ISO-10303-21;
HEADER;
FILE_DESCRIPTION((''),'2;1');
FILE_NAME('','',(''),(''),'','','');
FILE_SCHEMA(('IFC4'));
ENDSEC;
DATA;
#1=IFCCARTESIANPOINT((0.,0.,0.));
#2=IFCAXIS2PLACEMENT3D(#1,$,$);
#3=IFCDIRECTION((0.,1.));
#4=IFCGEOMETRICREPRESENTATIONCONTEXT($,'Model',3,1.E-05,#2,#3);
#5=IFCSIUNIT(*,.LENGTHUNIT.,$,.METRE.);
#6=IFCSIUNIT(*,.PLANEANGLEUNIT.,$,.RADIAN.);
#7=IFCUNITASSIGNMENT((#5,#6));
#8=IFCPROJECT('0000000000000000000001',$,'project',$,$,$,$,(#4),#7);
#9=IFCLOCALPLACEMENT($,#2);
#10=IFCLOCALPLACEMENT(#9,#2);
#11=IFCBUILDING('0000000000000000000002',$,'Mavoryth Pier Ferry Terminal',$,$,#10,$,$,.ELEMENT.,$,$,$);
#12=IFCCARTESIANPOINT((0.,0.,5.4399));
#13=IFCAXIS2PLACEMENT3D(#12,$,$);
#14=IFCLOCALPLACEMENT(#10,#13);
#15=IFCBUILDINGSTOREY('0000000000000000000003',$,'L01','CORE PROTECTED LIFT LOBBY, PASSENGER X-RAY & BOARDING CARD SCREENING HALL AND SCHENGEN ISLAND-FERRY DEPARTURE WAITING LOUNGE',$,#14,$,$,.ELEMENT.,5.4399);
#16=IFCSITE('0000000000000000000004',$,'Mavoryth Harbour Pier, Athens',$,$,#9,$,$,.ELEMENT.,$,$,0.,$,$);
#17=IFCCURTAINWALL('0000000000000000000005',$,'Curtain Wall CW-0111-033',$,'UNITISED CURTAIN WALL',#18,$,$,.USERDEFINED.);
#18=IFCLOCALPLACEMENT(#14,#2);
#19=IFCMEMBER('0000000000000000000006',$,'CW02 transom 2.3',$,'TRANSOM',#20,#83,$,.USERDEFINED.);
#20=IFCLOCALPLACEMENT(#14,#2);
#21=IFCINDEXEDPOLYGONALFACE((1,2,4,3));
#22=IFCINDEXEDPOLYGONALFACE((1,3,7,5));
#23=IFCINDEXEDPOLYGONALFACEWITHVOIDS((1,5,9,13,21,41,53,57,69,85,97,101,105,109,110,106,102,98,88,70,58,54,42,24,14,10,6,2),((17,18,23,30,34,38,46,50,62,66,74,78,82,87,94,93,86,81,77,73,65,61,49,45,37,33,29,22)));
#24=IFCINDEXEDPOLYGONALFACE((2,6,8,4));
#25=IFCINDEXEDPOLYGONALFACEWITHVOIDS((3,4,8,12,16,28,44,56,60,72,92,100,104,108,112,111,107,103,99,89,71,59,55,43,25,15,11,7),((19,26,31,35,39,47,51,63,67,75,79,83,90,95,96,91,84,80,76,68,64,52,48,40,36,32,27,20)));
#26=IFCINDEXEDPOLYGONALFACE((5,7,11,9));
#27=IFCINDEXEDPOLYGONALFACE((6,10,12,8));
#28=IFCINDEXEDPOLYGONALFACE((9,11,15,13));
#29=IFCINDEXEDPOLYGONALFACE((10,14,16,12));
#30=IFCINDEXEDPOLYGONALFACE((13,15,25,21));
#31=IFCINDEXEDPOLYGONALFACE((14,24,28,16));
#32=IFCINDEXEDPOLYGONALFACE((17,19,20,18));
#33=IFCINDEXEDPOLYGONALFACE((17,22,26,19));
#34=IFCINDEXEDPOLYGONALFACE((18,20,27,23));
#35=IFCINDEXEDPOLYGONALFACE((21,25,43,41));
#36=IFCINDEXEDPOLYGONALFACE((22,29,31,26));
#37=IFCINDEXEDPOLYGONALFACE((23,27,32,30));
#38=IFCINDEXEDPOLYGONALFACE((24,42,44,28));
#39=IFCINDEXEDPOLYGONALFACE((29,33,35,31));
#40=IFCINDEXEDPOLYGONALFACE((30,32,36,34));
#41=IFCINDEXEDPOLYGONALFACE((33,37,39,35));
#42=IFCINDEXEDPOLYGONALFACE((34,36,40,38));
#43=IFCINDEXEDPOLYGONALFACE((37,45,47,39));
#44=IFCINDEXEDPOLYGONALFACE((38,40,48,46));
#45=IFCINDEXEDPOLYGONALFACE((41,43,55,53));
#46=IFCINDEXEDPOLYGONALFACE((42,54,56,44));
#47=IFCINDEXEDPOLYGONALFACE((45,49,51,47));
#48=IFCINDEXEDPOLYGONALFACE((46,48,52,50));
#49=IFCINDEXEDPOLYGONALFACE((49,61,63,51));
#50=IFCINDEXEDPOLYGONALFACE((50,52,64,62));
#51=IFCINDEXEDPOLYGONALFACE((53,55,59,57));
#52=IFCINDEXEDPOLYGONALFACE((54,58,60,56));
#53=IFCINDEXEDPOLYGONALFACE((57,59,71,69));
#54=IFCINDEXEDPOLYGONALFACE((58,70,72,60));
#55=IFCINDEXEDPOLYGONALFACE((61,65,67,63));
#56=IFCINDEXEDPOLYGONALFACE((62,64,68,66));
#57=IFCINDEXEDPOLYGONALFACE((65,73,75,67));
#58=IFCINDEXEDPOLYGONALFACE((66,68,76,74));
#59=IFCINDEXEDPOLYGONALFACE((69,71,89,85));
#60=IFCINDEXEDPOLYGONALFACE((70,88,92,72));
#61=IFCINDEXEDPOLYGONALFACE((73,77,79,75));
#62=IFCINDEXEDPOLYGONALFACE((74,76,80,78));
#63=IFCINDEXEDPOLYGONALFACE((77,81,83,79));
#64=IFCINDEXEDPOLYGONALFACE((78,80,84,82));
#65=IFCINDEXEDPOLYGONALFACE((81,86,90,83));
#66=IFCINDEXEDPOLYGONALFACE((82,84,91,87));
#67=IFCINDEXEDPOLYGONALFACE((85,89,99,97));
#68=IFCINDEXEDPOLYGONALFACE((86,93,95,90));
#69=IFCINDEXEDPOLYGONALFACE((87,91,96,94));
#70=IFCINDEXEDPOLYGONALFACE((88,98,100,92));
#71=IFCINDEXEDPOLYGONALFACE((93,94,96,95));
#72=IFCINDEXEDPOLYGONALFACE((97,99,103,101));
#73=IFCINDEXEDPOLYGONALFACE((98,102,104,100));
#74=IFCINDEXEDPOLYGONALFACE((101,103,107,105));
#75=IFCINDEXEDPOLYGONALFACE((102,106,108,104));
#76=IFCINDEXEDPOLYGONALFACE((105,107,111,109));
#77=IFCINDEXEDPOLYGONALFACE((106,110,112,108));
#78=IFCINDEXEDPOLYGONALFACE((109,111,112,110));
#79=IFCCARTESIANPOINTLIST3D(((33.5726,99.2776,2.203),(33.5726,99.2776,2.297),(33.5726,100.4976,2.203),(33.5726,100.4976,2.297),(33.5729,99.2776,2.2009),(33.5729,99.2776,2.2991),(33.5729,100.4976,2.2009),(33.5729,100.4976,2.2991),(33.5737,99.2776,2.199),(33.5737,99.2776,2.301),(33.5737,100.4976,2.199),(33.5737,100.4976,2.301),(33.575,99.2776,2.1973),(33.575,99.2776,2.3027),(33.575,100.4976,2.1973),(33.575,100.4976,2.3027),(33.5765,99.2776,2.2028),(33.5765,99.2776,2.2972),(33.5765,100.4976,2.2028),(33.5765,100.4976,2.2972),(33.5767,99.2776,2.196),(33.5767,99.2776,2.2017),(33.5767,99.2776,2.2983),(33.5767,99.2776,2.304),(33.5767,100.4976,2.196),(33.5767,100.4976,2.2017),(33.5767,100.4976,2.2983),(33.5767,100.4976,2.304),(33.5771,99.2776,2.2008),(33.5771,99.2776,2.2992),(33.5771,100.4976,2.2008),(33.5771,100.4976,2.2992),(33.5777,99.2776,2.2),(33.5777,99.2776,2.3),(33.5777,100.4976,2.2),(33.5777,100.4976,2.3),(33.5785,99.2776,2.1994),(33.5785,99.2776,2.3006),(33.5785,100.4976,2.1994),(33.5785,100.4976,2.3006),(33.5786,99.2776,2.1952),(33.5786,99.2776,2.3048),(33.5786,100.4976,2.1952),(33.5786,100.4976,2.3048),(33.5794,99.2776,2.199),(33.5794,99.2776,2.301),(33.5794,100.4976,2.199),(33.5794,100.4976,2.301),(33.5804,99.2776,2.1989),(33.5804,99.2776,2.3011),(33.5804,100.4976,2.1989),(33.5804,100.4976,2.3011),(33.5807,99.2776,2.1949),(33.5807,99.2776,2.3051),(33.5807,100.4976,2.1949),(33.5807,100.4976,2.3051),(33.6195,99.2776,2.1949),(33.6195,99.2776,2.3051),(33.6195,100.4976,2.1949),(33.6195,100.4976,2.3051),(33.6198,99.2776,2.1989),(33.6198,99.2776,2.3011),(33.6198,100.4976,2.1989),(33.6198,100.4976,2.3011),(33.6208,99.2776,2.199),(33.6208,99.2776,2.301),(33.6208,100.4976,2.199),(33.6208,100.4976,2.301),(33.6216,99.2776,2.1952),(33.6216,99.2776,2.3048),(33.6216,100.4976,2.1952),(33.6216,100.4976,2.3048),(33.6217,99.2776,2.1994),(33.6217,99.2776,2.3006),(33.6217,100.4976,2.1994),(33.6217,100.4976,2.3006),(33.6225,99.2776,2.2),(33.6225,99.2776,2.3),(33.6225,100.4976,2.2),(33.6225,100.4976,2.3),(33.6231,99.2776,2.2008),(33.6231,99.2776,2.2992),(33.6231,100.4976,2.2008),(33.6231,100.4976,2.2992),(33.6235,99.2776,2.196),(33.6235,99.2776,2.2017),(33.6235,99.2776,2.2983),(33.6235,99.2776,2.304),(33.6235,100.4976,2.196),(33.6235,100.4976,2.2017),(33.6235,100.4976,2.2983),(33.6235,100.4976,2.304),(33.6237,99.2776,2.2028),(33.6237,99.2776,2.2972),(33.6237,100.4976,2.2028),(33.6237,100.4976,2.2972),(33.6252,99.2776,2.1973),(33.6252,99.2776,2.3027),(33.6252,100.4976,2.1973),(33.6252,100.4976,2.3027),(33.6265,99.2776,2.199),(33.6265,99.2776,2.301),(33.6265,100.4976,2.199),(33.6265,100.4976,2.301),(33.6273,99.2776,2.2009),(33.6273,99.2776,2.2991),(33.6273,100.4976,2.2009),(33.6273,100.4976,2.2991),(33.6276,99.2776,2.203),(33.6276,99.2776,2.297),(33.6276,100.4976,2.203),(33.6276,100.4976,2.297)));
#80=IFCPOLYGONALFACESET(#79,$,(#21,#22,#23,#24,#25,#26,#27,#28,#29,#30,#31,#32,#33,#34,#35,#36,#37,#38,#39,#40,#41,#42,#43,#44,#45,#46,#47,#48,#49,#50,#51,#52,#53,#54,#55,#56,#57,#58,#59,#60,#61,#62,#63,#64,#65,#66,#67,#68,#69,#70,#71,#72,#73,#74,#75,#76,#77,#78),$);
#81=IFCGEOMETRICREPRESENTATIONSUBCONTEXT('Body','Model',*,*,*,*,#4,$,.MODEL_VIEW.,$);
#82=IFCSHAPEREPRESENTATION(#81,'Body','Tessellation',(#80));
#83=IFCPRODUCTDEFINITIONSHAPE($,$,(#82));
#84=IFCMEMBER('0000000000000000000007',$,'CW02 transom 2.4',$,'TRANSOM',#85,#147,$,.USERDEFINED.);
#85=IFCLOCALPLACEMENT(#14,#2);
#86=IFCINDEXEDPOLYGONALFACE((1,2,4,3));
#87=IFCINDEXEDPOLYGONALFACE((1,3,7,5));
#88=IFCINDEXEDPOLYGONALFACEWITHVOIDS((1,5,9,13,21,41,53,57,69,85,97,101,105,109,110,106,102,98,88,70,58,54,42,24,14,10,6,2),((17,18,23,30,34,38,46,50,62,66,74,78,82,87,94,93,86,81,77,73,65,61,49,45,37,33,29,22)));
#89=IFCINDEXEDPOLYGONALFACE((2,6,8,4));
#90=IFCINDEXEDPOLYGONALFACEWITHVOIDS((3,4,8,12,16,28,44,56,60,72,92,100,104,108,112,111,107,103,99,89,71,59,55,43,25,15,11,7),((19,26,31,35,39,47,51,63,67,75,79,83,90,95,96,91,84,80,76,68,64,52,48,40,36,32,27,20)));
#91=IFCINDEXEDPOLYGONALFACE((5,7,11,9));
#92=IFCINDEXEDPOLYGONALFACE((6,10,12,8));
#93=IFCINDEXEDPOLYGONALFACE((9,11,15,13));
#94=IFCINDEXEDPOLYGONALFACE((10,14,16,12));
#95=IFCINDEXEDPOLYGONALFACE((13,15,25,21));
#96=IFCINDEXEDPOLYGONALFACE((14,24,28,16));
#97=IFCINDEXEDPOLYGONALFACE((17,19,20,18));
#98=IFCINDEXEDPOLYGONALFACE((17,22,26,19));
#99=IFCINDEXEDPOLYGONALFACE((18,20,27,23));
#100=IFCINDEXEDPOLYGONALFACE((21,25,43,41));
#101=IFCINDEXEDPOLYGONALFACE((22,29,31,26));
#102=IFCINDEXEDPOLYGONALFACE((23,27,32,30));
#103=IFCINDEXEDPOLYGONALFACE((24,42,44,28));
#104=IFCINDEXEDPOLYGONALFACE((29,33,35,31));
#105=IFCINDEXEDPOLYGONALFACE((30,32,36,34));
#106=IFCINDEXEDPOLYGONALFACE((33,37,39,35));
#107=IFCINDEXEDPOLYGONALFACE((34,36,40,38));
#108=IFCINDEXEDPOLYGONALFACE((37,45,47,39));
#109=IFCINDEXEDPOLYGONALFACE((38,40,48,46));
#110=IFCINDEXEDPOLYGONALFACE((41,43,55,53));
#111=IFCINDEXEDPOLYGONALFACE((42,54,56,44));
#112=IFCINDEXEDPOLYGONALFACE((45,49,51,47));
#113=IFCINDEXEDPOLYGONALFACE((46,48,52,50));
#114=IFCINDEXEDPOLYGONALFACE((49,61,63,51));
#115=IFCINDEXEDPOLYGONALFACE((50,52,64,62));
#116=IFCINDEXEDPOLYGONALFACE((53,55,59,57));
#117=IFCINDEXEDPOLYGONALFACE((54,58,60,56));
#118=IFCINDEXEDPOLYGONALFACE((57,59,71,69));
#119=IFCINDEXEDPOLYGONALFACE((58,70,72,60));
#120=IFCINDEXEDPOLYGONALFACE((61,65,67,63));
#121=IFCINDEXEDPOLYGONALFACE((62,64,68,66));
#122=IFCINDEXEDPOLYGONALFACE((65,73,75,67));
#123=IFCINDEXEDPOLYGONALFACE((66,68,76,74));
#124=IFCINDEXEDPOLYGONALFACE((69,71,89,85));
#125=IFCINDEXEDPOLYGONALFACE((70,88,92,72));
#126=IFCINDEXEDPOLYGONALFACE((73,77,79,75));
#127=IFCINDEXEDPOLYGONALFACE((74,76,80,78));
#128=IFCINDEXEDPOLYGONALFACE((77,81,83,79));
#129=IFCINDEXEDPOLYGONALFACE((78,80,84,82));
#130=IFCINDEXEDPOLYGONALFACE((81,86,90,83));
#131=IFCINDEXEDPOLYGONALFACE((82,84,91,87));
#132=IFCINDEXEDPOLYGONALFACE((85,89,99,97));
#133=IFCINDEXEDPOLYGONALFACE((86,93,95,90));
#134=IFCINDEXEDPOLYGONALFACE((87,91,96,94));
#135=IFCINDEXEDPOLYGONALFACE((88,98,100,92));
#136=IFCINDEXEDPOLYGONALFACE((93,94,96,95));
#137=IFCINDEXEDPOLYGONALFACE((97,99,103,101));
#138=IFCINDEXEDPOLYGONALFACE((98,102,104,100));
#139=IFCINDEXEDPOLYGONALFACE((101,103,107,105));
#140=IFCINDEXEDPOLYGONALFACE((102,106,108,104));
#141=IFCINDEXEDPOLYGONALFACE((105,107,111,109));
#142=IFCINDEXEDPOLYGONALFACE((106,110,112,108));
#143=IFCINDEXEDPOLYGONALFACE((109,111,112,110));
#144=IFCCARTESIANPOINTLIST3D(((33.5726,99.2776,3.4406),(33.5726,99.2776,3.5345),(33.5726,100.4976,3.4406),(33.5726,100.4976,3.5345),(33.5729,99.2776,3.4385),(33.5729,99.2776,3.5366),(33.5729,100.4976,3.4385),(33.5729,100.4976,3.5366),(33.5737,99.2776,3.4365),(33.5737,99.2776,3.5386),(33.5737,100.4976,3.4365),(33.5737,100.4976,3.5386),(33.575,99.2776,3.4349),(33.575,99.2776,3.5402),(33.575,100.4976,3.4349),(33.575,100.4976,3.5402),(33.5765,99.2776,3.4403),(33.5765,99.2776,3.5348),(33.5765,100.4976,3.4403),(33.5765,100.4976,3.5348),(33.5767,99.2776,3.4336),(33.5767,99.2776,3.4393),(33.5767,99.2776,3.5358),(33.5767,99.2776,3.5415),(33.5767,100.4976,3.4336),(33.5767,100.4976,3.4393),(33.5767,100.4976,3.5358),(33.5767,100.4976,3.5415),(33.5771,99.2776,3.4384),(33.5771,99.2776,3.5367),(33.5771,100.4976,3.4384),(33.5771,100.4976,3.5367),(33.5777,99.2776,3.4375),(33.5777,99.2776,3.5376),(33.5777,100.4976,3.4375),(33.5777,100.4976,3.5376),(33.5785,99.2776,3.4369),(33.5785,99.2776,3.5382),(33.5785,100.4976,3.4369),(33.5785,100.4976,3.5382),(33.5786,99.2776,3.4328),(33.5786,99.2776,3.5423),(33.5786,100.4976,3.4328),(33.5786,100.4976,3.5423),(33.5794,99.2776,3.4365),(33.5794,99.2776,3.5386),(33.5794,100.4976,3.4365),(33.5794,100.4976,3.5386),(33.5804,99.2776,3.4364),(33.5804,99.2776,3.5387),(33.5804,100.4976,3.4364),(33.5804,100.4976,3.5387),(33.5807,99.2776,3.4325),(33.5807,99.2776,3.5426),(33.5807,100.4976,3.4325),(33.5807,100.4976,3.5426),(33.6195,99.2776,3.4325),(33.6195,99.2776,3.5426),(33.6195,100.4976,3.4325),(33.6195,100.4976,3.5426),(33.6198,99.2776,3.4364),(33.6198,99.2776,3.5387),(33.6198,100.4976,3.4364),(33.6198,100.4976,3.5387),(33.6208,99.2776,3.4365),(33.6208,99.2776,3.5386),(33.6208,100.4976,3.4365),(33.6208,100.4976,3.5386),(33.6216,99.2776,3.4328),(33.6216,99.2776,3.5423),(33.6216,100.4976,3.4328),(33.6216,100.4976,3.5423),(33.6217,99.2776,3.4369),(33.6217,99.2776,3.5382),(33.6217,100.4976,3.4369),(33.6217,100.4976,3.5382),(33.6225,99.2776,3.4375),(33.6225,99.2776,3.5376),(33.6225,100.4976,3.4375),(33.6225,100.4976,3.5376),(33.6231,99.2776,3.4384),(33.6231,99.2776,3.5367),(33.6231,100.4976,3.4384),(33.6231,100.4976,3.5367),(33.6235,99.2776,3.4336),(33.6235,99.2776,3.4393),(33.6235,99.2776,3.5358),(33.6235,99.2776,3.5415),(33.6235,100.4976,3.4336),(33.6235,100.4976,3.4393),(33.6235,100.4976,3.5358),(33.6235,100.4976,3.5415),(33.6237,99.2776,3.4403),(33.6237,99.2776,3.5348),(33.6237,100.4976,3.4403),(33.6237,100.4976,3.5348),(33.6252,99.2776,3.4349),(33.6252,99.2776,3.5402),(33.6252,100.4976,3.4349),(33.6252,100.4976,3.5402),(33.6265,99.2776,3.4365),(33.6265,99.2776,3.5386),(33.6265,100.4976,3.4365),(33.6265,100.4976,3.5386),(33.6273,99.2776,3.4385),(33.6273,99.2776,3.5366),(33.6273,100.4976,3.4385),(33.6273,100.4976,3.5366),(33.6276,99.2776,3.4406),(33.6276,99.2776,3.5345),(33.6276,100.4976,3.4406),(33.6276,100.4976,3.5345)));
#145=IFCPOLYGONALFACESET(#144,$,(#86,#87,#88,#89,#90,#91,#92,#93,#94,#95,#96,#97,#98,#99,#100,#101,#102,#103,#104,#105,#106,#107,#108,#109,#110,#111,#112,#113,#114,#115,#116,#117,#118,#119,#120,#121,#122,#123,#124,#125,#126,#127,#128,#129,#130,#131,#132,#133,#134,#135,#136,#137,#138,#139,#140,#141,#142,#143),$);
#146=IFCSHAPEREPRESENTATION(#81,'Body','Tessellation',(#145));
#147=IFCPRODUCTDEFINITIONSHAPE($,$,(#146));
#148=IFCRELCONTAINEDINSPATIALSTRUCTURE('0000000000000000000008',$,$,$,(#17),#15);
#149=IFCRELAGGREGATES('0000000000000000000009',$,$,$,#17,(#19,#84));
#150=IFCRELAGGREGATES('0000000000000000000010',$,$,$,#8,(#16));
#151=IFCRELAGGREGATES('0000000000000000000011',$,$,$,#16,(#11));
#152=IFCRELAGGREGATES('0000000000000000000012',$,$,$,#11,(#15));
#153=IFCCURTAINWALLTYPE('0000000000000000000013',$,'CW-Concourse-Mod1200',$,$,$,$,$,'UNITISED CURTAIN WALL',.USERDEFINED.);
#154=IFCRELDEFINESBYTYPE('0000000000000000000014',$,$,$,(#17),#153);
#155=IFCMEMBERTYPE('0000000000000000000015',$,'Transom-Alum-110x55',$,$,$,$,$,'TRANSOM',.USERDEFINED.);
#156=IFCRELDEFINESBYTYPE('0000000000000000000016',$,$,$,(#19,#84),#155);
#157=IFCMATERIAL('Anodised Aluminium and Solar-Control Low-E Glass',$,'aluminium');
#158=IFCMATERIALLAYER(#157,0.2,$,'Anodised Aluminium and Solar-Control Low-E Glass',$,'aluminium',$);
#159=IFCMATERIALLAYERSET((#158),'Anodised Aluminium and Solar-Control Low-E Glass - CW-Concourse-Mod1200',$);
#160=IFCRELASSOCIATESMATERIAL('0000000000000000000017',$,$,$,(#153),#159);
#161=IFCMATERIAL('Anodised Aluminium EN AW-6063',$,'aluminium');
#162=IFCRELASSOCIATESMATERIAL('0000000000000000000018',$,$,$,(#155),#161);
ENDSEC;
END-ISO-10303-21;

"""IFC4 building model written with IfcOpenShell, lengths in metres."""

from ifc_helpers import new_model, si_unit, direction, frame, origin, origin_2d, place, context, subcontext, project, spatial, hollow_rectangle, extrude, material, layer, layer_set, material_profile, profile_set, type_object, element, aggregate, save


model = new_model("IFC4")

# Units and contexts
model_context = context("Model", 3, precision=1e-05, world=origin(), true_north=direction((0.0, 1.0)))
body_context = subcontext(model_context, "Body", "Model", "MODEL_VIEW")
ifc_project = project(units=[si_unit("LENGTHUNIT", "METRE"), si_unit("PLANEANGLEUNIT", "RADIAN")], contexts=[model_context])

# Site, building, storey
site_placement = place(None, origin())
site = spatial("IfcSite", under=ifc_project, at=site_placement, Name="Mavoryth Harbour Pier, Athens", CompositionType="ELEMENT", RefElevation=0.0)
building_placement = place(site_placement, origin())
building = spatial("IfcBuilding", under=site, at=building_placement, Name="Mavoryth Pier Ferry Terminal", CompositionType="ELEMENT")
storey_placement = place(building_placement, frame((0.0, 0.0, 5.4399)))
storey = spatial("IfcBuildingStorey", under=building, at=storey_placement, Name="L01", Description="CORE PROTECTED LIFT LOBBY, PASSENGER X-RAY & BOARDING CARD SCREENING HALL AND SCHENGEN ISLAND-FERRY DEPARTURE WAITING LOUNGE", CompositionType="ELEMENT", Elevation=5.4399)

# Curtain wall
ifc_material_1 = material(Name="Anodised Aluminium and Solar-Control Low-E Glass", Category="aluminium")
ifc_layer_1 = layer(ifc_material_1, 0.2, Name="Anodised Aluminium and Solar-Control Low-E Glass", Category="aluminium")
ifc_layer_set_1 = layer_set([ifc_layer_1], Name="Anodised Aluminium and Solar-Control Low-E Glass - CW-Concourse-Mod1200")
curtain_wall_type_1 = type_object("IfcCurtainWallType", Name="CW-Concourse-Mod1200", ElementType="UNITISED CURTAIN WALL", PredefinedType="USERDEFINED", material=ifc_layer_set_1)
curtain_wall_1_placement = place(storey_placement, origin())
curtain_wall_1 = element("IfcCurtainWall", 1, at=curtain_wall_1_placement, inside=storey, type_object=curtain_wall_type_1, Name="Curtain Wall CW-0111-033", ObjectType="UNITISED CURTAIN WALL", PredefinedType="USERDEFINED")
ifc_material_2 = material(Name="Anodised Aluminium EN AW-6063", Category="aluminium")

# Members
ifc_material_profile_1 = material_profile(ifc_material_2, hollow_rectangle(XDim=0.0549, YDim=0.1101, WallThickness=0.0039, InnerFilletRadius=0.0039, OuterFilletRadius=0.0081, at=origin_2d()), Name="AL-TRAN 110x55x4", Category="aluminium")
ifc_profile_set_1 = profile_set([ifc_material_profile_1], Name="Anodised Aluminium EN AW-6063 - AL-TRAN 110x55x4")
member_type_1 = type_object("IfcMemberType", Name="Transom-Alum-110x55", ElementType="TRANSOM", PredefinedType="USERDEFINED", material=ifc_profile_set_1)
member_1_placement = place(storey_placement, frame((33.6001, 99.2776, 2.25), z_axis=(0.0, 1.0, 0.0), x_axis=(-1.0, 0.0, 0.0)))
member_1 = element("IfcMember", 2, at=member_1_placement, type_object=member_type_1, Name="CW02 transom 2.3", ObjectType="TRANSOM", PredefinedType="USERDEFINED", context=body_context, shape_type="SweptSolid", body=[
    extrude(hollow_rectangle(XDim=0.0549, YDim=0.1101, WallThickness=0.0039, InnerFilletRadius=0.0039, OuterFilletRadius=0.0081, at=origin_2d()), origin(), (0.0, 0.0, 1.0), 1.22),
])
member_2_placement = place(storey_placement, frame((33.6001, 99.2776, 3.4875), z_axis=(0.0, 1.0, 0.0), x_axis=(-1.0, 0.0, 0.0)))
member_2 = element("IfcMember", 3, at=member_2_placement, type_object=member_type_1, Name="CW02 transom 2.4", ObjectType="TRANSOM", PredefinedType="USERDEFINED", context=body_context, shape_type="SweptSolid", body=[
    extrude(hollow_rectangle(XDim=0.0549, YDim=0.1101, WallThickness=0.0039, InnerFilletRadius=0.0039, OuterFilletRadius=0.0081, at=origin_2d()), origin(), (0.0, 0.0, 1.0), 1.22),
])

aggregate(curtain_wall_1, [member_1, member_2])

save(model, "model.ifc")
